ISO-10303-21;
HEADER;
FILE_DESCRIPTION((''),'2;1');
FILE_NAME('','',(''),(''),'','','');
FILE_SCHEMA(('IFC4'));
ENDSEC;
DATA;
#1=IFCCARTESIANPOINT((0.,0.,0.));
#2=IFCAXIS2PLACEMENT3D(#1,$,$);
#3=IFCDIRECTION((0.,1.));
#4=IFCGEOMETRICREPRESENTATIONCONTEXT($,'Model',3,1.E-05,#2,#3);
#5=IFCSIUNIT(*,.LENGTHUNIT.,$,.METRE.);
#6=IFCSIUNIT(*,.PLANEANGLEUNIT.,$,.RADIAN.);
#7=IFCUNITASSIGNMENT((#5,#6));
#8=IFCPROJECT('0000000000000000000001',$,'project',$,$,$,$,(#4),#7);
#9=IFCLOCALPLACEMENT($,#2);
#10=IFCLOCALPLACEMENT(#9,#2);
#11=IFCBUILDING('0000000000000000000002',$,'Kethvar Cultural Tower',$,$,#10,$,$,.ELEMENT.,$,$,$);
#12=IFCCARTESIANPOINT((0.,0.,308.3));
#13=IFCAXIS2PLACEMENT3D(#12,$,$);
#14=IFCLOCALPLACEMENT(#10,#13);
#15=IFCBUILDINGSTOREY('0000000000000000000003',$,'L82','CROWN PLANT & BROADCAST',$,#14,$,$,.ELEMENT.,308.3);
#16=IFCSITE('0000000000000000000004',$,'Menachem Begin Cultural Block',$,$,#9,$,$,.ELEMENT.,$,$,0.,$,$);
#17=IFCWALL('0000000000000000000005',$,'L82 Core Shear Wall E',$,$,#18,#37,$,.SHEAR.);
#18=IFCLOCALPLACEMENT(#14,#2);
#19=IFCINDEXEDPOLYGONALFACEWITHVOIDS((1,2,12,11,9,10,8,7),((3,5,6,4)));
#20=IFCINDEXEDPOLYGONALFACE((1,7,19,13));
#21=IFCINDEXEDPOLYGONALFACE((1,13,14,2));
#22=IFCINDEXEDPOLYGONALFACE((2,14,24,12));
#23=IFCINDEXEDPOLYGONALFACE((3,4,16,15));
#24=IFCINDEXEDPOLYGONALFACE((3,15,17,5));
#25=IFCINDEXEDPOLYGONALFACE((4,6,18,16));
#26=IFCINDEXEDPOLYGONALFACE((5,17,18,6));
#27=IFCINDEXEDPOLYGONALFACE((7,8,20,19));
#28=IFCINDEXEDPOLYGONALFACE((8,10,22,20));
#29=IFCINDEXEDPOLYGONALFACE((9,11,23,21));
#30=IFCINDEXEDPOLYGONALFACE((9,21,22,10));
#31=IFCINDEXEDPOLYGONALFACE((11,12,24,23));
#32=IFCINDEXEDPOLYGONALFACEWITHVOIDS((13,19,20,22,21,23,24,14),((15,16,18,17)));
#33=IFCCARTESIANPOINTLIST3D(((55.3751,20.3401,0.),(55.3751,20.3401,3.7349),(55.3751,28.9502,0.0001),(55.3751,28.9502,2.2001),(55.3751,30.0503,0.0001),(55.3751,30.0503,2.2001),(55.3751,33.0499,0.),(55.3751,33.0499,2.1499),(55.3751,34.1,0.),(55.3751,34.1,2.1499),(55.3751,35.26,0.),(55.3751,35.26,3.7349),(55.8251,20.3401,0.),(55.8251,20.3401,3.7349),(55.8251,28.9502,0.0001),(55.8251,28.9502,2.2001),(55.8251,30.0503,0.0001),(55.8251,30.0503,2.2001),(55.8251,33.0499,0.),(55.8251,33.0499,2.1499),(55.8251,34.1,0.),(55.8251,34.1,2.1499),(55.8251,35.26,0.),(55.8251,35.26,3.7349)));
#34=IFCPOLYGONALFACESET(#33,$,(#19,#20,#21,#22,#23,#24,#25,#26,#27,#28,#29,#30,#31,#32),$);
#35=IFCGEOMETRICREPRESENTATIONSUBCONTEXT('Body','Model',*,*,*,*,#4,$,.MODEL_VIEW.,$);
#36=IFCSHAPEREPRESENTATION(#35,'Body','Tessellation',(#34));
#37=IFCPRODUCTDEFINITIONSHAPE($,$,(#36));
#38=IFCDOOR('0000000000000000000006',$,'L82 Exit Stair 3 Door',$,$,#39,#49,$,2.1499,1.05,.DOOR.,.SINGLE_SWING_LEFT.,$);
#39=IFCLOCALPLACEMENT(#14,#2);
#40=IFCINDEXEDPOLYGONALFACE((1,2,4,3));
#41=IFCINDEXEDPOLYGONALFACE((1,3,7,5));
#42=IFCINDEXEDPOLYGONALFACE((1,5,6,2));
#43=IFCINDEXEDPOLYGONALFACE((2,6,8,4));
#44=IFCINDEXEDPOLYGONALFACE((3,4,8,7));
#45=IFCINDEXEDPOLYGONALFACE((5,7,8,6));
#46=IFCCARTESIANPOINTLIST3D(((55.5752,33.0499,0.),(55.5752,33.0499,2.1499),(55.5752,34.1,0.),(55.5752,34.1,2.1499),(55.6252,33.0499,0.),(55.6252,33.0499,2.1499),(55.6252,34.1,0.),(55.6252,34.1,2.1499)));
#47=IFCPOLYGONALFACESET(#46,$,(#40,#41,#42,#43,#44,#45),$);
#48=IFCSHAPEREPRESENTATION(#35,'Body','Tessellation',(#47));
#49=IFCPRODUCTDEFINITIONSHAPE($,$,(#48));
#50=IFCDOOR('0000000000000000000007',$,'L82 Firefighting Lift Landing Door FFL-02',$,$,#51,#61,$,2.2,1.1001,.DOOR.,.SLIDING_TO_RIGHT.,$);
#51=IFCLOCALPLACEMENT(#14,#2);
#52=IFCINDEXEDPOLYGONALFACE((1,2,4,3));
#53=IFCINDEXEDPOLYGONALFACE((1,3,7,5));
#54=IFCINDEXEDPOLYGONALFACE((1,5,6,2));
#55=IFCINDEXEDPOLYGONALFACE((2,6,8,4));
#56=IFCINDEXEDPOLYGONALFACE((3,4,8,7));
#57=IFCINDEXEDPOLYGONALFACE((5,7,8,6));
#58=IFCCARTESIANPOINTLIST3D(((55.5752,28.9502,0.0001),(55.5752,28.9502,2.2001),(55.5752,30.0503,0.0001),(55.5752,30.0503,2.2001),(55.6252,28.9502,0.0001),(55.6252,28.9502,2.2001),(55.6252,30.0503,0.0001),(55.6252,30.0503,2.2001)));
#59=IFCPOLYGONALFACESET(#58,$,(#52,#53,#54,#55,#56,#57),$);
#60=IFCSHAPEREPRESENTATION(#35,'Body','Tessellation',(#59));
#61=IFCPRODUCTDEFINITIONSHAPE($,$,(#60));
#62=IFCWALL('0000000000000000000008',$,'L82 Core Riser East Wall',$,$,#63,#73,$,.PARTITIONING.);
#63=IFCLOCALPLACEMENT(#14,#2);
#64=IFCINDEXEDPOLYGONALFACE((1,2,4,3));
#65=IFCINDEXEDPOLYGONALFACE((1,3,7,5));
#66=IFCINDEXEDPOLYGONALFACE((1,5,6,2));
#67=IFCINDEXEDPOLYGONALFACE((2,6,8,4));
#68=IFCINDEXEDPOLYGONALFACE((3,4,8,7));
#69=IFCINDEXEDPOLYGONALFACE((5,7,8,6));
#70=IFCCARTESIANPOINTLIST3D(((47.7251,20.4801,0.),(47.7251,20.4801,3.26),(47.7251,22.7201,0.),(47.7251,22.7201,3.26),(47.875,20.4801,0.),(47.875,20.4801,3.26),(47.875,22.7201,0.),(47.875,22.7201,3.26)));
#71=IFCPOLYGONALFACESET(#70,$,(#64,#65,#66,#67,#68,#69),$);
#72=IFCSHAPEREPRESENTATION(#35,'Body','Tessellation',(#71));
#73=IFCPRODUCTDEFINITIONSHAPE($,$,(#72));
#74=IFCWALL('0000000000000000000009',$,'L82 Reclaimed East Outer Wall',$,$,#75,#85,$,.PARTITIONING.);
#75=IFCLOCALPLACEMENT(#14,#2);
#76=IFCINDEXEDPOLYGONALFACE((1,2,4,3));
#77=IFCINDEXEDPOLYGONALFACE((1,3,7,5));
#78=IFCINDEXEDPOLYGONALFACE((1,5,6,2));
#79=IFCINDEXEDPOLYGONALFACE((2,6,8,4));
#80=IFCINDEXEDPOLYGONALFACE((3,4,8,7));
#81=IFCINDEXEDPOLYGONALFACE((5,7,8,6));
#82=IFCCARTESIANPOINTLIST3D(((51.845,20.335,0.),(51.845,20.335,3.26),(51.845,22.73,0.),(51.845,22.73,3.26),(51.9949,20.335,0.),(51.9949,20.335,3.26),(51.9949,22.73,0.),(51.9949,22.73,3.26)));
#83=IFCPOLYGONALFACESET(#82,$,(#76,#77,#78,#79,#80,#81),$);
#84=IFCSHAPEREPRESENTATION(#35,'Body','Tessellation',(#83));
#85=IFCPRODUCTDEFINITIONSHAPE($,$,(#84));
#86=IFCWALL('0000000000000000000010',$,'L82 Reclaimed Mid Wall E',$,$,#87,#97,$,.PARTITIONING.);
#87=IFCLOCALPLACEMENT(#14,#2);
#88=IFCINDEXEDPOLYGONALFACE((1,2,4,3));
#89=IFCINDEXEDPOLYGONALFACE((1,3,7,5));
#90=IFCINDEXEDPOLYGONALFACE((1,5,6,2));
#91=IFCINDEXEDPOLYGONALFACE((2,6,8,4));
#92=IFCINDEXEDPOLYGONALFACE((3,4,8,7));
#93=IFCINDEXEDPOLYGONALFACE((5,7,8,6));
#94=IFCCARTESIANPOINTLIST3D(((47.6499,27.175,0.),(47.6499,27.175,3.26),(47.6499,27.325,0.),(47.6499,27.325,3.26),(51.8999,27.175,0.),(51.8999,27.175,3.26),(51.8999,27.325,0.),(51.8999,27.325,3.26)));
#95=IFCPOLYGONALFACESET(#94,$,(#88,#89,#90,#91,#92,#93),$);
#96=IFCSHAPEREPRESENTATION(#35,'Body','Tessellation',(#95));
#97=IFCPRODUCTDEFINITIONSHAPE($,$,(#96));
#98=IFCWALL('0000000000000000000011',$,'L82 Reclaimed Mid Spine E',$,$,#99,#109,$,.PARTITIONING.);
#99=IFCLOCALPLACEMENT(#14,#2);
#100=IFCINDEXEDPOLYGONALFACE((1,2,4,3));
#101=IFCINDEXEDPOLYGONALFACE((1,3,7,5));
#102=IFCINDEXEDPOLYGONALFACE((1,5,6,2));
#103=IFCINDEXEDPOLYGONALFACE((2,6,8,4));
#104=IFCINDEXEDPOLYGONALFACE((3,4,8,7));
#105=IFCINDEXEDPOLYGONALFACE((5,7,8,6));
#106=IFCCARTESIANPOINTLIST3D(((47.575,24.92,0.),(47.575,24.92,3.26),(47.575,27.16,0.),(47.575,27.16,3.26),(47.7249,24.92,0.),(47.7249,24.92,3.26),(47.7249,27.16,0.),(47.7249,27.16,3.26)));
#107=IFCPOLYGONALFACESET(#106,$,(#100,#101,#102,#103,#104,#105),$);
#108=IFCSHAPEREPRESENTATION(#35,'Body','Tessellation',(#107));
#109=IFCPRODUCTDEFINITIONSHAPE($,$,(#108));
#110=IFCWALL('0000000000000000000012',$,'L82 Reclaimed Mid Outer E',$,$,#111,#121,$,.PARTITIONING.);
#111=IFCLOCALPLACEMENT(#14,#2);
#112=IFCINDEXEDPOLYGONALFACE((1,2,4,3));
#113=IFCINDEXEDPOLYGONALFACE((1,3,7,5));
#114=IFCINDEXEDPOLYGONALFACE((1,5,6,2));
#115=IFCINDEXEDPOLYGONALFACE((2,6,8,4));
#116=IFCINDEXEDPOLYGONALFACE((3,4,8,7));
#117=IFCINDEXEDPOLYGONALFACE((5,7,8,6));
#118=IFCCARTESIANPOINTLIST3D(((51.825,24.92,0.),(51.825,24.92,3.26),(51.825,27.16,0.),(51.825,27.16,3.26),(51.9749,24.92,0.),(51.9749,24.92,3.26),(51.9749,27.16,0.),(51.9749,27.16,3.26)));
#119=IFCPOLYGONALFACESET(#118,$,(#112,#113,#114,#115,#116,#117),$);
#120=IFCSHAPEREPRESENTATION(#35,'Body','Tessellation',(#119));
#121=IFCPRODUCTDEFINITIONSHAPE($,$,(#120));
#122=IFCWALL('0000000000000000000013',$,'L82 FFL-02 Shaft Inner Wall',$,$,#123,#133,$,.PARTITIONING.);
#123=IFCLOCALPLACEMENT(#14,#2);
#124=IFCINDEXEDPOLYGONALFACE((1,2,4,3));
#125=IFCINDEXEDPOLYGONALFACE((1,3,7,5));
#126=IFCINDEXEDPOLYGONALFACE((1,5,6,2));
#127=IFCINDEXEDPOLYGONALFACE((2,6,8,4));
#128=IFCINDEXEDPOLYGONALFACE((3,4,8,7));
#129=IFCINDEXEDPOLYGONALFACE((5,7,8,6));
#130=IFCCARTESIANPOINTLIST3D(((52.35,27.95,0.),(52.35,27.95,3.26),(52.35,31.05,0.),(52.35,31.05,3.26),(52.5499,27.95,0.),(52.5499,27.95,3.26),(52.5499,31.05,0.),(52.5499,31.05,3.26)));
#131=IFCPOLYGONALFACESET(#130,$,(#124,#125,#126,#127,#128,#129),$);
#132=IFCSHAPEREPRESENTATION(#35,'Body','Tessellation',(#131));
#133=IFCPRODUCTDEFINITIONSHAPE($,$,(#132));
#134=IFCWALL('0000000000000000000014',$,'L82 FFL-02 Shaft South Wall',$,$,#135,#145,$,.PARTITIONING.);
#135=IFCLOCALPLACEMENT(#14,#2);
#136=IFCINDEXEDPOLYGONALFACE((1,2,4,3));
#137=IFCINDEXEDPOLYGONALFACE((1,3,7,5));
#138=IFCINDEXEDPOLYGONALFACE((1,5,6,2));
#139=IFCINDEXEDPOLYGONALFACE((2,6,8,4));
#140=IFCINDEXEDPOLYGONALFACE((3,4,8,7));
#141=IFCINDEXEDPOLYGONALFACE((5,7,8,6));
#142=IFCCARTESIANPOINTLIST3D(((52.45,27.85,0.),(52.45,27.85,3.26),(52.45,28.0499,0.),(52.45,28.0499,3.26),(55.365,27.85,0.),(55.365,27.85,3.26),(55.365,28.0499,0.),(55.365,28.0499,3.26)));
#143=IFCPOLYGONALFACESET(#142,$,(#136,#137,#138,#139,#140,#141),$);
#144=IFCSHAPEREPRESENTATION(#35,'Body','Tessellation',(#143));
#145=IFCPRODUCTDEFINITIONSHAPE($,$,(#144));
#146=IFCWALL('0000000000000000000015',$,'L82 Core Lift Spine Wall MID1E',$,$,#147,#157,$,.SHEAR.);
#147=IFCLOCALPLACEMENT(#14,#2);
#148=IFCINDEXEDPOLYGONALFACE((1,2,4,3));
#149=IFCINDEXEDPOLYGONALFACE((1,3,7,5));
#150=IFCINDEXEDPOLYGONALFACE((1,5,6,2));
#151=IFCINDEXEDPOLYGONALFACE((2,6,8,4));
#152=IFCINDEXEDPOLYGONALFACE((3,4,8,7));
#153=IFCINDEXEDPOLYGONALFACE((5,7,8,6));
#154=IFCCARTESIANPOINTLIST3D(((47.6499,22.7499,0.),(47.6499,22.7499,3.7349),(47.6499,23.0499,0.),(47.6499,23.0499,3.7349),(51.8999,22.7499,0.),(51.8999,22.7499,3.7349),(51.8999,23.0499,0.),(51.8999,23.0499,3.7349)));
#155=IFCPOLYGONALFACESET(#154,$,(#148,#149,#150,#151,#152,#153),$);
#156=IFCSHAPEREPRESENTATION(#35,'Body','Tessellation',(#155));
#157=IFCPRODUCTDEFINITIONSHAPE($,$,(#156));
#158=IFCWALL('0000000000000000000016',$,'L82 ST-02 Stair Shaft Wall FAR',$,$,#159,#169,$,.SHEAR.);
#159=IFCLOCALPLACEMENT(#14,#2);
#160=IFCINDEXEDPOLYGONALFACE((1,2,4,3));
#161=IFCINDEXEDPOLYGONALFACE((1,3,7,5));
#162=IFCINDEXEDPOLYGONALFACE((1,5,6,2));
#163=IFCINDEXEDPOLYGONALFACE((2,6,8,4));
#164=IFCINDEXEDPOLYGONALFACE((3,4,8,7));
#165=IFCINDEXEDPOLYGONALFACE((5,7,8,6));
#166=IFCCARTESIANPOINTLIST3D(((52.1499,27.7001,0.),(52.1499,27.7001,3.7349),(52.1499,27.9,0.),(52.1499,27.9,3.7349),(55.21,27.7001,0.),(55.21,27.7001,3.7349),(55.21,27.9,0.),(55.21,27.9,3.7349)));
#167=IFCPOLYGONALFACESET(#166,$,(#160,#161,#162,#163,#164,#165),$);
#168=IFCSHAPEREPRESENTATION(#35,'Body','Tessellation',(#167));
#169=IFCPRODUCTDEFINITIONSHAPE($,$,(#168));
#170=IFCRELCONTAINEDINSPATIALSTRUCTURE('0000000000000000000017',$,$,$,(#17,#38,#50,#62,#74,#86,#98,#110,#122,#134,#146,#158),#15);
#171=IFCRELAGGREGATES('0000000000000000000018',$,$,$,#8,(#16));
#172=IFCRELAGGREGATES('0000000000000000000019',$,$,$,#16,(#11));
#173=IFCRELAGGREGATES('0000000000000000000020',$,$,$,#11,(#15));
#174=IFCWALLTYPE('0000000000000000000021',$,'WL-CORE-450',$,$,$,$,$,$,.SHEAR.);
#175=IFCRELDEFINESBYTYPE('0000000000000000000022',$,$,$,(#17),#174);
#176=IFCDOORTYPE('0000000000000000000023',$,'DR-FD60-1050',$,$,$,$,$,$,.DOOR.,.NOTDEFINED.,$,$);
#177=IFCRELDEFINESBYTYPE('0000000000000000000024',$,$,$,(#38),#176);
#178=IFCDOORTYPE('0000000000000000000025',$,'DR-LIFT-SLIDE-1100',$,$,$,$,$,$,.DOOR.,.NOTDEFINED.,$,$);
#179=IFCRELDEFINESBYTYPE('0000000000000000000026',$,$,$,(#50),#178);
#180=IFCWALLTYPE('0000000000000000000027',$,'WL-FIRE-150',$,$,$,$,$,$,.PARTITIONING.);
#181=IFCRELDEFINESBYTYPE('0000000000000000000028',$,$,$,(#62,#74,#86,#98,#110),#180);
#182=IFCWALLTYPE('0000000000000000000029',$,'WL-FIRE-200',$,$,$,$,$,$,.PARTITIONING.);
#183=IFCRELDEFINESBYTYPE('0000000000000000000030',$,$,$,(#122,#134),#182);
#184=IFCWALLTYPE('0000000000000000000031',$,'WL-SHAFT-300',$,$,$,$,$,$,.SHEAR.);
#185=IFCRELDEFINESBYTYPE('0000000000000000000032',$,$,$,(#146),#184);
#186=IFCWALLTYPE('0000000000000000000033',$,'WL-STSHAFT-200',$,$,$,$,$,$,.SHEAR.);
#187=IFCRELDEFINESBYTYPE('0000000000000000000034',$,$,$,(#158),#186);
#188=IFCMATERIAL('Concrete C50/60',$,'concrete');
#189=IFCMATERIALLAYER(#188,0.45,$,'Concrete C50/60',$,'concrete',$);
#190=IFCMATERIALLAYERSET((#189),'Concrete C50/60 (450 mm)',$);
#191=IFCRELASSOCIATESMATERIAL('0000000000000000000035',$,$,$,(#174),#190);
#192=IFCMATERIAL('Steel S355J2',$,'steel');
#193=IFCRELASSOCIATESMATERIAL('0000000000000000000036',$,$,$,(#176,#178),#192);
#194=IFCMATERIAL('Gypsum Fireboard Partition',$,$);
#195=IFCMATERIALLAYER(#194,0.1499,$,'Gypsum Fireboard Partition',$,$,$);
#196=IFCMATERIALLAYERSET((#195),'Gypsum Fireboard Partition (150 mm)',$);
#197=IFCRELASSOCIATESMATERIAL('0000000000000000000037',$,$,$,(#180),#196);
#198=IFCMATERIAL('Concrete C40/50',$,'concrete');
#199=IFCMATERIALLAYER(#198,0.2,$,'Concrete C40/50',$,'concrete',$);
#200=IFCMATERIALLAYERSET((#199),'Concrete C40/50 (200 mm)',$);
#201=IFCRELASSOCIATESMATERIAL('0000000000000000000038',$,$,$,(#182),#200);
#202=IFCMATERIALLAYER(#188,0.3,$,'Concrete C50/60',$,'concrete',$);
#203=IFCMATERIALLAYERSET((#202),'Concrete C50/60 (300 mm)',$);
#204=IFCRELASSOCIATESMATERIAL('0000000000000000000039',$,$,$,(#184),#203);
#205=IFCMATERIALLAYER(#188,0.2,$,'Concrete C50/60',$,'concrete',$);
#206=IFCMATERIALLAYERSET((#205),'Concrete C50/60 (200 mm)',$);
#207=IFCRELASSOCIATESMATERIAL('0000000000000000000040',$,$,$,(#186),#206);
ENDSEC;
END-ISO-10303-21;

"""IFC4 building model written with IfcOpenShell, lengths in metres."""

from ifc_helpers import new_model, si_unit, direction, frame, frame_2d, origin, place, context, subcontext, project, spatial, rectangle, extrude, source, transform, mapped, material, layer, layer_set, type_object, element, fill, save


model = new_model("IFC4")

# Units and contexts
model_context = context("Model", 3, precision=1e-05, world=origin(), true_north=direction((0.0, 1.0)))
body_context = subcontext(model_context, "Body", "Model", "MODEL_VIEW")
ifc_project = project(units=[si_unit("LENGTHUNIT", "METRE"), si_unit("PLANEANGLEUNIT", "RADIAN")], contexts=[model_context])

# Site, building, storey
site_placement = place(None, origin())
site = spatial("IfcSite", under=ifc_project, at=site_placement, Name="Menachem Begin Cultural Block", CompositionType="ELEMENT", RefElevation=0.0)
building_placement = place(site_placement, origin())
building = spatial("IfcBuilding", under=site, at=building_placement, Name="Kethvar Cultural Tower", CompositionType="ELEMENT")
storey_placement = place(building_placement, frame((0.0, 0.0, 308.3)))
storey = spatial("IfcBuildingStorey", under=building, at=storey_placement, Name="L82", Description="CROWN PLANT & BROADCAST", CompositionType="ELEMENT", Elevation=308.3)

# Shared definitions
ifc_material_1 = material(Name="Steel S355J2", Category="steel")

# Wall, openings, doors
ifc_material_2 = material(Name="Concrete C50/60", Category="concrete")
ifc_layer_1 = layer(ifc_material_2, 0.45, Name="Concrete C50/60", Category="concrete")
ifc_layer_set_1 = layer_set([ifc_layer_1], Name="Concrete C50/60 (450 mm)")
wall_type_1 = type_object("IfcWallType", Name="WL-CORE-450", PredefinedType="SHEAR", material=ifc_layer_set_1)
wall_1_placement = place(storey_placement, frame((55.6001, 20.3401, 0.0), z_axis=(0.0, 0.0, 1.0), x_axis=(0.0, 1.0, 0.0)))
wall_1 = element("IfcWall", 1, at=wall_1_placement, inside=storey, type_object=wall_type_1, Name="L82 Core Shear Wall E", PredefinedType="SHEAR", context=body_context, shape_type="SweptSolid", body=[
    extrude(rectangle(XDim=14.9199, YDim=0.45, at=frame_2d((7.46, 0.0))), origin(), (0.0, 0.0, 1.0), 3.7349),
])
opening_1_placement = place(wall_1_placement, frame((12.71, 0.0, 0.0)))
opening_1 = element("IfcOpeningElement", 2, at=opening_1_placement, cuts=wall_1, PredefinedType="OPENING", context=body_context, shape_type="SweptSolid", body=[
    extrude(rectangle(XDim=1.05, YDim=2.1499, at=frame_2d((0.5249, 1.075))), frame((0.0, 0.2349, 0.0), z_axis=(0.0, -1.0, 0.0), x_axis=(1.0, 0.0, 0.0)), (0.0, 0.0, 1.0), 0.47),
])
opening_2_placement = place(wall_1_placement, frame((8.6101, 0.0, 0.0)))
opening_2 = element("IfcOpeningElement", 3, at=opening_2_placement, cuts=wall_1, PredefinedType="OPENING", context=body_context, shape_type="SweptSolid", body=[
    extrude(rectangle(XDim=1.1001, YDim=2.2, at=frame_2d((0.55, 1.1001))), frame((0.0, 0.2349, 0.0), z_axis=(0.0, -1.0, 0.0), x_axis=(1.0, 0.0, 0.0)), (0.0, 0.0, 1.0), 0.47),
])
door_type_1 = type_object("IfcDoorType", Name="DR-FD60-1050", OperationType="NOTDEFINED", PredefinedType="DOOR", material=ifc_material_1)
shared_shape_1 = source(origin(), body_context, "Body", "SweptSolid", [
    extrude(rectangle(XDim=1.05, YDim=2.1499, at=frame_2d((0.5249, 1.075))), frame((0.0, 0.0249, 0.0), z_axis=(0.0, -1.0, 0.0), x_axis=(1.0, 0.0, 0.0)), (0.0, 0.0, 1.0), 0.05),
])
door_1_placement = place(opening_1_placement, origin())
door_1 = element("IfcDoor", 4, at=door_1_placement, inside=storey, type_object=door_type_1, Name="L82 Exit Stair 3 Door", OperationType="SINGLE_SWING_LEFT", OverallHeight=2.1499, OverallWidth=1.05, PredefinedType="DOOR", context=body_context, shape_type="MappedRepresentation", body=[
    mapped(shared_shape_1, transform((0.0, 0.0, 0.0), scale=1.0)),
])
fill(opening_1, door_1)
door_type_2 = type_object("IfcDoorType", Name="DR-LIFT-SLIDE-1100", OperationType="NOTDEFINED", PredefinedType="DOOR", material=ifc_material_1)
shared_shape_2 = source(origin(), body_context, "Body", "SweptSolid", [
    extrude(rectangle(XDim=1.1001, YDim=2.2, at=frame_2d((0.55, 1.1001))), frame((0.0, 0.0249, 0.0), z_axis=(0.0, -1.0, 0.0), x_axis=(1.0, 0.0, 0.0)), (0.0, 0.0, 1.0), 0.05),
])
door_2_placement = place(opening_2_placement, origin())
door_2 = element("IfcDoor", 5, at=door_2_placement, inside=storey, type_object=door_type_2, Name="L82 Firefighting Lift Landing Door FFL-02", OperationType="SLIDING_TO_RIGHT", OverallHeight=2.2, OverallWidth=1.1001, PredefinedType="DOOR", context=body_context, shape_type="MappedRepresentation", body=[
    mapped(shared_shape_2, transform((0.0, 0.0, 0.0), scale=1.0)),
])
fill(opening_2, door_2)

# Walls
ifc_material_3 = material(Name="Gypsum Fireboard Partition")
ifc_layer_2 = layer(ifc_material_3, 0.1499, Name="Gypsum Fireboard Partition")
ifc_layer_set_2 = layer_set([ifc_layer_2], Name="Gypsum Fireboard Partition (150 mm)")
wall_type_2 = type_object("IfcWallType", Name="WL-FIRE-150", PredefinedType="PARTITIONING", material=ifc_layer_set_2)
wall_2_placement = place(storey_placement, frame((47.8, 20.48, 0.0), z_axis=(0.0, 0.0, 1.0), x_axis=(0.0, 1.0, 0.0)))
element("IfcWall", 6, at=wall_2_placement, inside=storey, type_object=wall_type_2, Name="L82 Core Riser East Wall", PredefinedType="PARTITIONING", context=body_context, shape_type="SweptSolid", body=[
    extrude(rectangle(XDim=2.24, YDim=0.1499, at=frame_2d((1.1201, 0.0))), origin(), (0.0, 0.0, 1.0), 3.26),
])
wall_3_placement = place(storey_placement, frame((51.9199, 20.335, 0.0), z_axis=(0.0, 0.0, 1.0), x_axis=(0.0, 1.0, 0.0)))
element("IfcWall", 7, at=wall_3_placement, inside=storey, type_object=wall_type_2, Name="L82 Reclaimed East Outer Wall", PredefinedType="PARTITIONING", context=body_context, shape_type="SweptSolid", body=[
    extrude(rectangle(XDim=2.395, YDim=0.1499, at=frame_2d((1.1975, 0.0))), origin(), (0.0, 0.0, 1.0), 3.26),
])
wall_4_placement = place(storey_placement, frame((47.6499, 27.25, 0.0), z_axis=(0.0, 0.0, 1.0), x_axis=(1.0, 0.0, 0.0)))
element("IfcWall", 8, at=wall_4_placement, inside=storey, type_object=wall_type_2, Name="L82 Reclaimed Mid Wall E", PredefinedType="PARTITIONING", context=body_context, shape_type="SweptSolid", body=[
    extrude(rectangle(XDim=4.25, YDim=0.1499, at=frame_2d((2.125, 0.0))), origin(), (0.0, 0.0, 1.0), 3.26),
])
for number, where, z_axis, x_axis, name in (
    (9, (47.6499, 24.9199, 0.0), (0.0, 0.0, 1.0), (0.0, 1.0, 0.0), "L82 Reclaimed Mid Spine E"),
    (10, (51.8999, 24.9199, 0.0), (0.0, 0.0, 1.0), (0.0, 1.0, 0.0), "L82 Reclaimed Mid Outer E"),
):
    element("IfcWall", number, at=place(storey_placement, frame(where, z_axis=z_axis, x_axis=x_axis)), inside=storey, type_object=wall_type_2, Name=name, PredefinedType="PARTITIONING", context=body_context, shape_type="SweptSolid", body=[
        extrude(rectangle(XDim=2.24, YDim=0.1499, at=frame_2d((1.1201, 0.0))), origin(), (0.0, 0.0, 1.0), 3.26),
    ])
ifc_material_4 = material(Name="Concrete C40/50", Category="concrete")
ifc_layer_3 = layer(ifc_material_4, 0.2, Name="Concrete C40/50", Category="concrete")
ifc_layer_set_3 = layer_set([ifc_layer_3], Name="Concrete C40/50 (200 mm)")
wall_type_3 = type_object("IfcWallType", Name="WL-FIRE-200", PredefinedType="PARTITIONING", material=ifc_layer_set_3)
wall_5_placement = place(storey_placement, frame((52.45, 27.95, 0.0), z_axis=(0.0, 0.0, 1.0), x_axis=(0.0, 1.0, 0.0)))
element("IfcWall", 11, at=wall_5_placement, inside=storey, type_object=wall_type_3, Name="L82 FFL-02 Shaft Inner Wall", PredefinedType="PARTITIONING", context=body_context, shape_type="SweptSolid", body=[
    extrude(rectangle(XDim=3.1001, YDim=0.2, at=frame_2d((1.55, 0.0))), origin(), (0.0, 0.0, 1.0), 3.26),
])
wall_6_placement = place(storey_placement, frame((52.45, 27.95, 0.0), z_axis=(0.0, 0.0, 1.0), x_axis=(1.0, 0.0, 0.0)))
element("IfcWall", 12, at=wall_6_placement, inside=storey, type_object=wall_type_3, Name="L82 FFL-02 Shaft South Wall", PredefinedType="PARTITIONING", context=body_context, shape_type="SweptSolid", body=[
    extrude(rectangle(XDim=2.915, YDim=0.2, at=frame_2d((1.4575, 0.0))), origin(), (0.0, 0.0, 1.0), 3.26),
])
ifc_layer_4 = layer(ifc_material_2, 0.3, Name="Concrete C50/60", Category="concrete")
ifc_layer_set_4 = layer_set([ifc_layer_4], Name="Concrete C50/60 (300 mm)")
wall_type_4 = type_object("IfcWallType", Name="WL-SHAFT-300", PredefinedType="SHEAR", material=ifc_layer_set_4)
wall_7_placement = place(storey_placement, frame((47.6499, 22.8999, 0.0), z_axis=(0.0, 0.0, 1.0), x_axis=(1.0, 0.0, 0.0)))
element("IfcWall", 13, at=wall_7_placement, inside=storey, type_object=wall_type_4, Name="L82 Core Lift Spine Wall MID1E", PredefinedType="SHEAR", context=body_context, shape_type="SweptSolid", body=[
    extrude(rectangle(XDim=4.25, YDim=0.3, at=frame_2d((2.125, 0.0))), origin(), (0.0, 0.0, 1.0), 3.7349),
])

# Wall
ifc_layer_5 = layer(ifc_material_2, 0.2, Name="Concrete C50/60", Category="concrete")
ifc_layer_set_5 = layer_set([ifc_layer_5], Name="Concrete C50/60 (200 mm)")
wall_type_5 = type_object("IfcWallType", Name="WL-STSHAFT-200", PredefinedType="SHEAR", material=ifc_layer_set_5)
wall_8_placement = place(storey_placement, frame((52.1499, 27.8, 0.0), z_axis=(0.0, 0.0, 1.0), x_axis=(1.0, 0.0, 0.0)))
element("IfcWall", 14, at=wall_8_placement, inside=storey, type_object=wall_type_5, Name="L82 ST-02 Stair Shaft Wall FAR", PredefinedType="SHEAR", context=body_context, shape_type="SweptSolid", body=[
    extrude(rectangle(XDim=3.0601, YDim=0.2, at=frame_2d((1.53, 0.0))), origin(), (0.0, 0.0, 1.0), 3.7349),
])

save(model, "model.ifc")
